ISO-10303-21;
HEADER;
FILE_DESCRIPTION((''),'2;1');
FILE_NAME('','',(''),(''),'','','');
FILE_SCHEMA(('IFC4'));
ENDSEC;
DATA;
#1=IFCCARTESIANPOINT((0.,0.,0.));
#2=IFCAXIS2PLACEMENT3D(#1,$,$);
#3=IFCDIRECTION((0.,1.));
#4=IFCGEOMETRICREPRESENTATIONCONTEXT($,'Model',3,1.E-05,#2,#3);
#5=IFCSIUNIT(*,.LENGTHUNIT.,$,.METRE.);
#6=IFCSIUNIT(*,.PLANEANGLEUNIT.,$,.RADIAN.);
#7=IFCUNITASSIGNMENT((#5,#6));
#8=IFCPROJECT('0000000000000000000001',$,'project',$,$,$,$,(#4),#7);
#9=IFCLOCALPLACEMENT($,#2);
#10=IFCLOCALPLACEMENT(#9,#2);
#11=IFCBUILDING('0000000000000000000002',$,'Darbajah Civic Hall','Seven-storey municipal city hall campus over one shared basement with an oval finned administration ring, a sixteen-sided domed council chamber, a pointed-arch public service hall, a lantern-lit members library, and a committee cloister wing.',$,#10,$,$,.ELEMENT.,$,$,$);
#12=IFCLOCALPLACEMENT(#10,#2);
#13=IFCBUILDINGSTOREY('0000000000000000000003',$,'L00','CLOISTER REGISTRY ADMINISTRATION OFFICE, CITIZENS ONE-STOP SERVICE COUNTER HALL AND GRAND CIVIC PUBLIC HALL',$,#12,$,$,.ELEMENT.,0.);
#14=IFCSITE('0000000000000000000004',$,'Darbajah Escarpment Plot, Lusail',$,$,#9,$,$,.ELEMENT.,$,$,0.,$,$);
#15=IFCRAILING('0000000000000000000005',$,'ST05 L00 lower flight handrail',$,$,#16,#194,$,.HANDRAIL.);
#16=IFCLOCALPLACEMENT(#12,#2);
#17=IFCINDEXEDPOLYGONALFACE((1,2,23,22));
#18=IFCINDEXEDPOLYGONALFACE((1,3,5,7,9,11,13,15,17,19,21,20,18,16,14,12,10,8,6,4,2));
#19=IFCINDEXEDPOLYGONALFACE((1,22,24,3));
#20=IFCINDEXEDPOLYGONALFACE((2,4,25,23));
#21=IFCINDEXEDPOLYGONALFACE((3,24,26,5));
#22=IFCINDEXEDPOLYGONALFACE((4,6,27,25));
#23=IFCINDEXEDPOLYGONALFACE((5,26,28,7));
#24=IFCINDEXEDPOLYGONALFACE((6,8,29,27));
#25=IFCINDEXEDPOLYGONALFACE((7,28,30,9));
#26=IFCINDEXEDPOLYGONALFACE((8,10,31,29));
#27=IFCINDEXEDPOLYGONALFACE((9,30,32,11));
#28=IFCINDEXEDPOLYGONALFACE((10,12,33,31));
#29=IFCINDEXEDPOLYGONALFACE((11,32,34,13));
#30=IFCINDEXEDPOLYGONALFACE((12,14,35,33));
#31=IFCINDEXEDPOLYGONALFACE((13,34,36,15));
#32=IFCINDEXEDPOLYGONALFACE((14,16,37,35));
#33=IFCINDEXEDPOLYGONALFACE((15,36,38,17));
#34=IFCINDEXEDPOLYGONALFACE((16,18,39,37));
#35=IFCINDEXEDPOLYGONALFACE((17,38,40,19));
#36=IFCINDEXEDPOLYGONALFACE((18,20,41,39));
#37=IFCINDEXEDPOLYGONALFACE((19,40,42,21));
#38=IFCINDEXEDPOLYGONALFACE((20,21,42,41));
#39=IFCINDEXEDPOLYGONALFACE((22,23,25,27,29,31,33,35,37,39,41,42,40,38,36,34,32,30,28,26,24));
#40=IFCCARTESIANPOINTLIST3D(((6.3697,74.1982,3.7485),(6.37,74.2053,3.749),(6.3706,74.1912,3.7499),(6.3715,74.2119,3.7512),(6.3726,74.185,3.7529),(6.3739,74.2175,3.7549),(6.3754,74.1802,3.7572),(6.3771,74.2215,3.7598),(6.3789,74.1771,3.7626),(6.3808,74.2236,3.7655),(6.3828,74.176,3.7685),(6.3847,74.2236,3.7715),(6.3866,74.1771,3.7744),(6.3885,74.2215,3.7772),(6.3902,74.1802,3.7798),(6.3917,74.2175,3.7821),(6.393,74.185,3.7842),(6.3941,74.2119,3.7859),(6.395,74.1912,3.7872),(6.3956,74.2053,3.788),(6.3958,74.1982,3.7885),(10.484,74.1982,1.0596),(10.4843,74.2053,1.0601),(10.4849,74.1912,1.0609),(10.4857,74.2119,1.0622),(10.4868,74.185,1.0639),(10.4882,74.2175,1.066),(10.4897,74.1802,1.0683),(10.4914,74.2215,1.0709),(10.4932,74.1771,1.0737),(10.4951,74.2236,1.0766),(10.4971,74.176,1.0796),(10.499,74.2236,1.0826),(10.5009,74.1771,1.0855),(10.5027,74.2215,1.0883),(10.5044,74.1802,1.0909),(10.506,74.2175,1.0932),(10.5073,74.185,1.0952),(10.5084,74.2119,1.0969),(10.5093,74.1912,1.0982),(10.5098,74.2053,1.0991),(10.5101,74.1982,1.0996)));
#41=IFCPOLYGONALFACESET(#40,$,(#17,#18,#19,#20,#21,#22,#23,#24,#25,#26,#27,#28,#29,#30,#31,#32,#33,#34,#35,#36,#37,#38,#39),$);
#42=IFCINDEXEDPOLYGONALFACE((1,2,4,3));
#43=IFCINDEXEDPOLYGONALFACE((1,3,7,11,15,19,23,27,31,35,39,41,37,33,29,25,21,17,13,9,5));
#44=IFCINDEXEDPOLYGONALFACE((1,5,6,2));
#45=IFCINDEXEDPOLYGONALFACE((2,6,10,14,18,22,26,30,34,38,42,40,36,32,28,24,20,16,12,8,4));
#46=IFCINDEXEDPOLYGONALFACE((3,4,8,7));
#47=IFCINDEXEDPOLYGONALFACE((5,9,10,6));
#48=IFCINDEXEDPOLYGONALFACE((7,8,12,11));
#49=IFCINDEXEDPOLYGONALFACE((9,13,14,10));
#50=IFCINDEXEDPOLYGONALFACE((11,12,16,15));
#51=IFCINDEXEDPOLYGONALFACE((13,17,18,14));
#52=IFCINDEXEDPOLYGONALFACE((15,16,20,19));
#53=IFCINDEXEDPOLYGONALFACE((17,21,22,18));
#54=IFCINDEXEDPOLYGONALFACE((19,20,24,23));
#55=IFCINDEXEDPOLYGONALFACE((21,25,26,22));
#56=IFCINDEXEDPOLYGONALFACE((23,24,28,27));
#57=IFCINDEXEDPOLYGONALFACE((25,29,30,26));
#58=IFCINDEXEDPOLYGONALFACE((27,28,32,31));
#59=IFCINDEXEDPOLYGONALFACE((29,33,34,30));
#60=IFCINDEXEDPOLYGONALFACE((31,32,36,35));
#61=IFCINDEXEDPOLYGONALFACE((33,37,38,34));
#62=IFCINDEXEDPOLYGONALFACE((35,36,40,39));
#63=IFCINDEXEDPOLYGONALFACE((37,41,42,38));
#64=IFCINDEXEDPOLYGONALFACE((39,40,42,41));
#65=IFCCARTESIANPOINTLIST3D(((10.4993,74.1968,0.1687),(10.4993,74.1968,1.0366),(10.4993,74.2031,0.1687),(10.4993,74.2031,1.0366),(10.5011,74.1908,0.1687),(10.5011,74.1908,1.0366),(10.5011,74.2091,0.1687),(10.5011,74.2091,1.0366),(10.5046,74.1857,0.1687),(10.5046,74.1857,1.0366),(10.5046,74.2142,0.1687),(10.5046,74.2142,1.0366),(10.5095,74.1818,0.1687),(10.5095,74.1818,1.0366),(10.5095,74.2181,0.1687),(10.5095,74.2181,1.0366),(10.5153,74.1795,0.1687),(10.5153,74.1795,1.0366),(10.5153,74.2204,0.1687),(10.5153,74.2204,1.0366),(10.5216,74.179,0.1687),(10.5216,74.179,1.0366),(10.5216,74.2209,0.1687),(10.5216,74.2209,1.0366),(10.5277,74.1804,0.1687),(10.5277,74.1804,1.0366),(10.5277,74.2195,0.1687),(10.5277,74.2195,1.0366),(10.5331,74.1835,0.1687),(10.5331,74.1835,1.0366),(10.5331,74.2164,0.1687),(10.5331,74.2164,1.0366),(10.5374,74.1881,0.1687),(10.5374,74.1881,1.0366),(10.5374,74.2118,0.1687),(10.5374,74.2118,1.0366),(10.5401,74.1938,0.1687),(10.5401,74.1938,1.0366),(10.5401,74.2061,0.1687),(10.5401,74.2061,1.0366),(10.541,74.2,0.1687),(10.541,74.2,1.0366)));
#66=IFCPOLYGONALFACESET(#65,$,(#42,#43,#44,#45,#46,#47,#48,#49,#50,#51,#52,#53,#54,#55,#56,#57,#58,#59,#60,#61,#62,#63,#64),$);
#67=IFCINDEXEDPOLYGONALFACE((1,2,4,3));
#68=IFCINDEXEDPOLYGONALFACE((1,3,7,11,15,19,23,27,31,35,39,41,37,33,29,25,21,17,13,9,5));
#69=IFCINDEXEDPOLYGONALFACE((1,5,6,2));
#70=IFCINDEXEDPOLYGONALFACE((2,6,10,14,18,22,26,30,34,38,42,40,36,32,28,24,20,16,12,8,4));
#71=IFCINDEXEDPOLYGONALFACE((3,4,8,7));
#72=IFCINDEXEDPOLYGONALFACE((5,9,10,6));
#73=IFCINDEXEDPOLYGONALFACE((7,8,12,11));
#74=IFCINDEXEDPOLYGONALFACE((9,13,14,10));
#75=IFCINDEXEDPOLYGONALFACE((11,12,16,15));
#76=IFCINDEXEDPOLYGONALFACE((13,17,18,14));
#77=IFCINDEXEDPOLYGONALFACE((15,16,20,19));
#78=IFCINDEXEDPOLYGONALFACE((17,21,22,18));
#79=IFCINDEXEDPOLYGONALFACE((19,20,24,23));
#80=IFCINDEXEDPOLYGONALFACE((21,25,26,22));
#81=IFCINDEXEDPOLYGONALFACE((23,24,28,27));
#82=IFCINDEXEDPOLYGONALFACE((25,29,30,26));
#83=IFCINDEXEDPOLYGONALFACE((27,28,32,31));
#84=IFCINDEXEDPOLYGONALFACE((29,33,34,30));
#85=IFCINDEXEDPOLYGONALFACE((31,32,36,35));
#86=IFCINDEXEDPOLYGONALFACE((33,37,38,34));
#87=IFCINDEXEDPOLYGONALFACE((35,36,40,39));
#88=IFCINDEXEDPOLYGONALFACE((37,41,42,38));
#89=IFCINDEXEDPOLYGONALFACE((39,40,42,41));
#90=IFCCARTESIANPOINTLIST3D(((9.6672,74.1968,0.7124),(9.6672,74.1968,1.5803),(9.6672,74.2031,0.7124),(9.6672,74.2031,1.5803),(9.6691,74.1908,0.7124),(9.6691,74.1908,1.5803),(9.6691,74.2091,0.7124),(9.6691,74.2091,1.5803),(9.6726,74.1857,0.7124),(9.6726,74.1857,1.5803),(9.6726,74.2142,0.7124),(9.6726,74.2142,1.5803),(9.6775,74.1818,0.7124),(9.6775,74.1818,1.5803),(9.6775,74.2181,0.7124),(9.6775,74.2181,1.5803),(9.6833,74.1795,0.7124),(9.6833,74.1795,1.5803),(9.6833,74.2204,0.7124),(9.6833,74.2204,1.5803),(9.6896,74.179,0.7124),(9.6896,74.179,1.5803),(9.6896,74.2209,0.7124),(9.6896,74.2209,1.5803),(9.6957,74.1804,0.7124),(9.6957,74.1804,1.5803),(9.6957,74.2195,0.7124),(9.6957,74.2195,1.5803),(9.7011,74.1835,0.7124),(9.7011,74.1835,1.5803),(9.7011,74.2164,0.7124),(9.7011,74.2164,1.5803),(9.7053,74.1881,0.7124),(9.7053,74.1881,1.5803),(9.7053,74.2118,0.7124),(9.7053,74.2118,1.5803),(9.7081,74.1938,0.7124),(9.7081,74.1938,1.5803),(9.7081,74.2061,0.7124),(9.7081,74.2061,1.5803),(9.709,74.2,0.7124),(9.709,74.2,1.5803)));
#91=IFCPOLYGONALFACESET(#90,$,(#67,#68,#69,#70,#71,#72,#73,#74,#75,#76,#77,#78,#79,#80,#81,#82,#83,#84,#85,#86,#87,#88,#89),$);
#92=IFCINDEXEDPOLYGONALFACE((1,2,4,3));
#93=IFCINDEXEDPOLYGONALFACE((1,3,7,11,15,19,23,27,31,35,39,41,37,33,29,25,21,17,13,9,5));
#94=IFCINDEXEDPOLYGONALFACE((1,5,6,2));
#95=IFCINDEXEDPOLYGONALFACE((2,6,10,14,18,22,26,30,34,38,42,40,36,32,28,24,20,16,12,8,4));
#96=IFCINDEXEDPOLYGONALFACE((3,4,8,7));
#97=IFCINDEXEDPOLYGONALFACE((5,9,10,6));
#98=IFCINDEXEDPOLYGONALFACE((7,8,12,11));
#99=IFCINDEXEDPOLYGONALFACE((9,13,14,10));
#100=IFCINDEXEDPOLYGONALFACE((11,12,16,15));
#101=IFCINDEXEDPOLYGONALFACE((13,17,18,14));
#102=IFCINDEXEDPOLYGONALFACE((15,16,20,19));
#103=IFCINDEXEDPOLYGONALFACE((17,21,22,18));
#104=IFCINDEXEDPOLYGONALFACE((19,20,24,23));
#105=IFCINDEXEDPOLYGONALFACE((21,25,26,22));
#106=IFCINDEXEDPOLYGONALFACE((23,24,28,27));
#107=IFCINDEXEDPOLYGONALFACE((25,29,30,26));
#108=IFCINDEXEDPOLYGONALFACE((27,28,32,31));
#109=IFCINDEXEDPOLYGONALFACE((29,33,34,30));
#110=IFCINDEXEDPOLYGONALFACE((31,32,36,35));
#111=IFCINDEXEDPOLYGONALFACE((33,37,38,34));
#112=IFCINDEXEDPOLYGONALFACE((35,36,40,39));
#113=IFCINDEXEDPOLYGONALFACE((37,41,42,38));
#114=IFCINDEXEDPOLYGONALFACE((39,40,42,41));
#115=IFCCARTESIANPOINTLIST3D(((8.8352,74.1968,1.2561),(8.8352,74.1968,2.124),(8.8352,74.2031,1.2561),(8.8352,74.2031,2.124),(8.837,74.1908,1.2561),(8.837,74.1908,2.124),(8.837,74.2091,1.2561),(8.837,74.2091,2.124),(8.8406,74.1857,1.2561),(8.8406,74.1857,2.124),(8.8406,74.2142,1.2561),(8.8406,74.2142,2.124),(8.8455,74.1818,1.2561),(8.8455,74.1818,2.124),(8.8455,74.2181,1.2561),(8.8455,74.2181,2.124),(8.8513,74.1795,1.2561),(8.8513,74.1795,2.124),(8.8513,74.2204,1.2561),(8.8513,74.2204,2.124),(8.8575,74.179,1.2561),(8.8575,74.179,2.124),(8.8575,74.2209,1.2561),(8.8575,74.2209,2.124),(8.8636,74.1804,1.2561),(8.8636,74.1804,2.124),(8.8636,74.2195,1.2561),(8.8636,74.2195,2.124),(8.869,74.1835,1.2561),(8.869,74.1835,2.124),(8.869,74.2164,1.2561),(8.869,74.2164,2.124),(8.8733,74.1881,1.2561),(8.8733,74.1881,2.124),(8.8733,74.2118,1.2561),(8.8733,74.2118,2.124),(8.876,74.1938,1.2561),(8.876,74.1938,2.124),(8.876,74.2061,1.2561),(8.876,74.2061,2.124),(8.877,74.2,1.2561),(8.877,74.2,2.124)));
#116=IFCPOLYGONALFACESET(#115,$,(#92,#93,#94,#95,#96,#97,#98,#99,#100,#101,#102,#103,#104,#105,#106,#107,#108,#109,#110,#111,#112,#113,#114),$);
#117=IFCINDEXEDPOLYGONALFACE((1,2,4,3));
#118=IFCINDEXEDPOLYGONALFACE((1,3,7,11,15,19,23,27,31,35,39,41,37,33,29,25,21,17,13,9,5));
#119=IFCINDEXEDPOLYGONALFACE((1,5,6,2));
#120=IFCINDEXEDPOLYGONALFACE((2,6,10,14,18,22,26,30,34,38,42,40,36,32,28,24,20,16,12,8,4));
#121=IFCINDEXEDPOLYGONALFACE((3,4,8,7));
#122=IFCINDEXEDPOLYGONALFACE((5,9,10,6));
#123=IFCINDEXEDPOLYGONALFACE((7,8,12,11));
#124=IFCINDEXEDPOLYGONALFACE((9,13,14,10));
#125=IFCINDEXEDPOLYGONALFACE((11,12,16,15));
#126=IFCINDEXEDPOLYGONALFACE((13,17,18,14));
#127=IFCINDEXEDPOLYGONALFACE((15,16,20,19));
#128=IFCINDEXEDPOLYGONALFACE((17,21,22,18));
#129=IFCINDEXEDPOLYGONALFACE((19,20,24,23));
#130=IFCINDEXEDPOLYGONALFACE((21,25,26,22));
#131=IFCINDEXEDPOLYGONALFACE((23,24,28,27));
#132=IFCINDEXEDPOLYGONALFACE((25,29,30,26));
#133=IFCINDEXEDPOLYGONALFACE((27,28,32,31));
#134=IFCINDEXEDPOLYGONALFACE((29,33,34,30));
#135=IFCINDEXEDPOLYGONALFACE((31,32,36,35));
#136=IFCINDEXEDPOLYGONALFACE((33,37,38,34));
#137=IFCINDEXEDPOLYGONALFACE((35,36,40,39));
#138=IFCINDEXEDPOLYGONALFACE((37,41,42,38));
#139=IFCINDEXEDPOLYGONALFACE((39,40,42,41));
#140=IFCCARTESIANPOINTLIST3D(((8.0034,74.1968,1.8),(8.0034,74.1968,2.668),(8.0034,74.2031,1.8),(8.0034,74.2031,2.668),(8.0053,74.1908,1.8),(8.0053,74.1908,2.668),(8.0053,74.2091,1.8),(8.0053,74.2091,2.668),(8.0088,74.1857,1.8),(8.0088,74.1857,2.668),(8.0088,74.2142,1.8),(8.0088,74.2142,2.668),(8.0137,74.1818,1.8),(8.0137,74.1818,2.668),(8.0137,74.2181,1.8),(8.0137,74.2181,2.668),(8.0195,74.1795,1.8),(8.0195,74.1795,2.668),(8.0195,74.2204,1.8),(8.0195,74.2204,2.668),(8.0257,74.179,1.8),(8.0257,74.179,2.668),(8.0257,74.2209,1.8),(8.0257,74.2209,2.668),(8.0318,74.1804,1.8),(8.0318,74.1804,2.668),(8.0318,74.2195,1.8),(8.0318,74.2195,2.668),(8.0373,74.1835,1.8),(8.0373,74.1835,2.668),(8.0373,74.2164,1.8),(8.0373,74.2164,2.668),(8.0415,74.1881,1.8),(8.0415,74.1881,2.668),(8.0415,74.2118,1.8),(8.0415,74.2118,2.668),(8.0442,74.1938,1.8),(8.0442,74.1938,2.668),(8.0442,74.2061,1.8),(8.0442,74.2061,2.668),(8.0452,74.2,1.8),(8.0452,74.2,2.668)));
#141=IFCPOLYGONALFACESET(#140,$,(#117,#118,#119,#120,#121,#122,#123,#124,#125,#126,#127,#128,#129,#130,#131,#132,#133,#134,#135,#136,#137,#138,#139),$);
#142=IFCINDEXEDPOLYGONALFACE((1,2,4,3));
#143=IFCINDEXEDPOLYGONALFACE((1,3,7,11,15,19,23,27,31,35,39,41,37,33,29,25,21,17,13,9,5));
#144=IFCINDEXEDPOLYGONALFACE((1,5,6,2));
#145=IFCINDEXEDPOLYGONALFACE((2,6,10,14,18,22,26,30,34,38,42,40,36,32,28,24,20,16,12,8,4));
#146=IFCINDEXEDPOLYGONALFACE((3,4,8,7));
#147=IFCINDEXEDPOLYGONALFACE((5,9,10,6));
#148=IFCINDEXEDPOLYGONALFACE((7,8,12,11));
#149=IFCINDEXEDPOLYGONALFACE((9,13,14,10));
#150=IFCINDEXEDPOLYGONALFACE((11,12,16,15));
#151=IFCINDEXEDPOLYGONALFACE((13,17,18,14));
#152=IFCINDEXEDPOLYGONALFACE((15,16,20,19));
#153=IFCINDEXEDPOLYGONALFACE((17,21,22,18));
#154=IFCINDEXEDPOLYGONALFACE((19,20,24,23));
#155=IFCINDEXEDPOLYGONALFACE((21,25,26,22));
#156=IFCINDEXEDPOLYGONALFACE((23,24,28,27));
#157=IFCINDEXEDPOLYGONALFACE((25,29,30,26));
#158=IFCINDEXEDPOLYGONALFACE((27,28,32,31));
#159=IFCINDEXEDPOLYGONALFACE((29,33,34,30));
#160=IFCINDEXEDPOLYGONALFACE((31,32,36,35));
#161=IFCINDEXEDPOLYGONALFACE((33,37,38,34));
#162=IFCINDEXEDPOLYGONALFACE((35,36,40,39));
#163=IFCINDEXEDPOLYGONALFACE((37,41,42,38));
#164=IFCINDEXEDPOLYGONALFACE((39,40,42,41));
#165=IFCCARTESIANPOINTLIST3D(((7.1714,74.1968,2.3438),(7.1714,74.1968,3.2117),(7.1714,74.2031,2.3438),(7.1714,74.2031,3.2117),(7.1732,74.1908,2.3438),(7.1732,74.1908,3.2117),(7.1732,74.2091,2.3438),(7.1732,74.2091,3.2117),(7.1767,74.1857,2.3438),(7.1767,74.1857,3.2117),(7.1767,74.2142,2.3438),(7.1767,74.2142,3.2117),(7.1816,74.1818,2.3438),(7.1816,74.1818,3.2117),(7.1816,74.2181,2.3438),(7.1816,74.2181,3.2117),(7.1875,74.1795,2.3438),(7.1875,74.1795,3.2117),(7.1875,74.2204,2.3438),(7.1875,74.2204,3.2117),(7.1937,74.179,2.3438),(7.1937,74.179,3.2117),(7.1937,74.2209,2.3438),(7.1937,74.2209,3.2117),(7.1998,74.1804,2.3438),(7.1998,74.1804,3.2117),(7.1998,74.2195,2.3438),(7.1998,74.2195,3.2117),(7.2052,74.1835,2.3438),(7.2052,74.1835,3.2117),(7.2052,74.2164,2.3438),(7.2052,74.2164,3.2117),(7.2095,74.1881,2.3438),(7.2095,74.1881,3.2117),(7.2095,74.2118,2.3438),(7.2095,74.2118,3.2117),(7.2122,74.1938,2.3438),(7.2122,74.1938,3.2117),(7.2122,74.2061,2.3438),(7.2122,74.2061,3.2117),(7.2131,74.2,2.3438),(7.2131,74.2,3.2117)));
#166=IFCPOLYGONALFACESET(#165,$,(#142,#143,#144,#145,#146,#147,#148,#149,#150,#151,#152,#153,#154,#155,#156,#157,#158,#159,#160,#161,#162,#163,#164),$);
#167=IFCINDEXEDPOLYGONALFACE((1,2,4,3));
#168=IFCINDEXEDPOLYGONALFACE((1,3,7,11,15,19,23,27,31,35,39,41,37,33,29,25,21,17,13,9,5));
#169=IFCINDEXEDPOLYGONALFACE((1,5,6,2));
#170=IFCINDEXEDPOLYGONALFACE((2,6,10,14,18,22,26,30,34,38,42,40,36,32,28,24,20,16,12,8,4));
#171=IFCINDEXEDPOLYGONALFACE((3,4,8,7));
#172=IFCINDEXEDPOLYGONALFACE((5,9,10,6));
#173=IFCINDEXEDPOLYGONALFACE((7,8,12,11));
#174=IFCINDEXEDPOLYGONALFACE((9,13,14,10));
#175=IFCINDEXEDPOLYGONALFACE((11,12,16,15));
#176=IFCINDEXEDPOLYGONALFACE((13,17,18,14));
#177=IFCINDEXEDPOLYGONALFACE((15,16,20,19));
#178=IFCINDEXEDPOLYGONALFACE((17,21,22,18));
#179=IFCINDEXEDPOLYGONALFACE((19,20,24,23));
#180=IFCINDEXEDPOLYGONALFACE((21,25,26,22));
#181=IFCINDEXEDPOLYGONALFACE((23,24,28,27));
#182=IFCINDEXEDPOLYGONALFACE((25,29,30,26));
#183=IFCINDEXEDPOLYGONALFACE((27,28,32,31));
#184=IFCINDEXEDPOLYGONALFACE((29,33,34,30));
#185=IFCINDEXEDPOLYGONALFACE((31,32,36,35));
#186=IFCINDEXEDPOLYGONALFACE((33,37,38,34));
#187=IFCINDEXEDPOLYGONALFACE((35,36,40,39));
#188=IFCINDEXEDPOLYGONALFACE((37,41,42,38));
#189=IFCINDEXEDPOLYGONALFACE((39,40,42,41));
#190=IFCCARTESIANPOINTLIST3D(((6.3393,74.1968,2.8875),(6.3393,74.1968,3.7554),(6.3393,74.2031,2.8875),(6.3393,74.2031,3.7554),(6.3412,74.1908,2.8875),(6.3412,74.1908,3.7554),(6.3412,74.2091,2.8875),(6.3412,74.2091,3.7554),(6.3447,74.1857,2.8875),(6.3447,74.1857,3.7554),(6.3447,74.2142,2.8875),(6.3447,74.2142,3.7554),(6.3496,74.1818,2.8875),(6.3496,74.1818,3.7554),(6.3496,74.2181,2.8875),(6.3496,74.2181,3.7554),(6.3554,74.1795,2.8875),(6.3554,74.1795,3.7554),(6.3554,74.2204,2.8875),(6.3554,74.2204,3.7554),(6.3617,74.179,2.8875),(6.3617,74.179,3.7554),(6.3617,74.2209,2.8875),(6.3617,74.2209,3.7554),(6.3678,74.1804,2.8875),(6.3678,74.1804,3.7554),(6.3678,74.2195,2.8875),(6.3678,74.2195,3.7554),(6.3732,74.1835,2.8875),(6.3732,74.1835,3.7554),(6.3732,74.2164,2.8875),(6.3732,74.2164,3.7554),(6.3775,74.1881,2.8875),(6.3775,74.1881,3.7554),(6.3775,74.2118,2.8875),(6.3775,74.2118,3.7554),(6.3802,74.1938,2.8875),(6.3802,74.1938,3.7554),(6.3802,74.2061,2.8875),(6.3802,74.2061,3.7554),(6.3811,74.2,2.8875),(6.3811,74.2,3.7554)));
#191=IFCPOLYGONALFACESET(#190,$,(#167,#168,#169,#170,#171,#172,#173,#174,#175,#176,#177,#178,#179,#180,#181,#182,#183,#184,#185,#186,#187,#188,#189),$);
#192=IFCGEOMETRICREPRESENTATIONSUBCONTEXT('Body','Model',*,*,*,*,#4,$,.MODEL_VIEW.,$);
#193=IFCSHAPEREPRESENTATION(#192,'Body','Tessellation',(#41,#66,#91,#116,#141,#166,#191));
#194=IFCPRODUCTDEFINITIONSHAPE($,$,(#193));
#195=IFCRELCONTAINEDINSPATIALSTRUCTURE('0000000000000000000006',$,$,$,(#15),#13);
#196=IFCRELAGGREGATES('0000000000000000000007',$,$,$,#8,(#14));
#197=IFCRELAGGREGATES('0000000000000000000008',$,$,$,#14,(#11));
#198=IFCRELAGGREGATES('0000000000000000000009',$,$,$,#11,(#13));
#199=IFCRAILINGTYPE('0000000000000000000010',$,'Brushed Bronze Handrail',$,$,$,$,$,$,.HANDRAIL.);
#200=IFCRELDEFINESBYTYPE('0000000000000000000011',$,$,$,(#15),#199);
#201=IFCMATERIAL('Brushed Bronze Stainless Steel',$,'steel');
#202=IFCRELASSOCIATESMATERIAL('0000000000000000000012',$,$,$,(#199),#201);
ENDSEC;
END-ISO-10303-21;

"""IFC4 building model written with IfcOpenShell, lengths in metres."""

from ifc_helpers import new_model, si_unit, direction, frame, origin, origin_2d, place, context, subcontext, project, spatial, circle, extrude, material, type_object, element, save


model = new_model("IFC4")

# Units and contexts
model_context = context("Model", 3, precision=1e-05, world=origin(), true_north=direction((0.0, 1.0)))
body_context = subcontext(model_context, "Body", "Model", "MODEL_VIEW")
ifc_project = project(units=[si_unit("LENGTHUNIT", "METRE"), si_unit("PLANEANGLEUNIT", "RADIAN")], contexts=[model_context])

# Site, building, storey
site_placement = place(None, origin())
site = spatial("IfcSite", under=ifc_project, at=site_placement, Name="Darbajah Escarpment Plot, Lusail", CompositionType="ELEMENT", RefElevation=0.0)
building_placement = place(site_placement, origin())
building = spatial("IfcBuilding", under=site, at=building_placement, Name="Darbajah Civic Hall", Description="Seven-storey municipal city hall campus over one shared basement with an oval finned administration ring, a sixteen-sided domed council chamber, a pointed-arch public service hall, a lantern-lit members library, and a committee cloister wing.", CompositionType="ELEMENT")
storey_placement = place(building_placement, origin())
storey = spatial("IfcBuildingStorey", under=building, at=storey_placement, Name="L00", Description="CLOISTER REGISTRY ADMINISTRATION OFFICE, CITIZENS ONE-STOP SERVICE COUNTER HALL AND GRAND CIVIC PUBLIC HALL", CompositionType="ELEMENT", Elevation=0.0)

# Railing
ifc_material_1 = material(Name="Brushed Bronze Stainless Steel", Category="steel")
railing_type_1 = type_object("IfcRailingType", Name="Brushed Bronze Handrail", PredefinedType="HANDRAIL", material=ifc_material_1)
railing_1_placement = place(storey_placement, frame((10.52, 74.2, 0.1687)))
element("IfcRailing", 1, at=railing_1_placement, inside=storey, type_object=railing_type_1, Name="ST05 L00 lower flight handrail", PredefinedType="HANDRAIL", context=body_context, shape_type="SweptSolid", body=[
    extrude(circle(Radius=0.0239, at=origin_2d()), frame((-0.0229, 0.0, 0.9109), z_axis=(-0.83708, 0.0, 0.547081), x_axis=(0.0, -1.0, 0.0)), (0.0, 0.0, 1.0), 4.915),
    extrude(circle(Radius=0.021, at=origin_2d()), origin(), (0.0, 0.0, 1.0), 0.8679),
    extrude(circle(Radius=0.021, at=origin_2d()), frame((-0.832, 0.0, 0.5437)), (0.0, 0.0, 1.0), 0.8679),
    extrude(circle(Radius=0.021, at=origin_2d()), frame((-1.6641, 0.0, 1.0874)), (0.0, 0.0, 1.0), 0.8679),
    extrude(circle(Radius=0.021, at=origin_2d()), frame((-2.4958, 0.0, 1.6313)), (0.0, 0.0, 1.0), 0.8679),
    extrude(circle(Radius=0.021, at=origin_2d()), frame((-3.3279, 0.0, 2.175)), (0.0, 0.0, 1.0), 0.8679),
    extrude(circle(Radius=0.021, at=origin_2d()), frame((-4.1599, 0.0, 2.7188)), (0.0, 0.0, 1.0), 0.8679),
])

save(model, "model.ifc")
